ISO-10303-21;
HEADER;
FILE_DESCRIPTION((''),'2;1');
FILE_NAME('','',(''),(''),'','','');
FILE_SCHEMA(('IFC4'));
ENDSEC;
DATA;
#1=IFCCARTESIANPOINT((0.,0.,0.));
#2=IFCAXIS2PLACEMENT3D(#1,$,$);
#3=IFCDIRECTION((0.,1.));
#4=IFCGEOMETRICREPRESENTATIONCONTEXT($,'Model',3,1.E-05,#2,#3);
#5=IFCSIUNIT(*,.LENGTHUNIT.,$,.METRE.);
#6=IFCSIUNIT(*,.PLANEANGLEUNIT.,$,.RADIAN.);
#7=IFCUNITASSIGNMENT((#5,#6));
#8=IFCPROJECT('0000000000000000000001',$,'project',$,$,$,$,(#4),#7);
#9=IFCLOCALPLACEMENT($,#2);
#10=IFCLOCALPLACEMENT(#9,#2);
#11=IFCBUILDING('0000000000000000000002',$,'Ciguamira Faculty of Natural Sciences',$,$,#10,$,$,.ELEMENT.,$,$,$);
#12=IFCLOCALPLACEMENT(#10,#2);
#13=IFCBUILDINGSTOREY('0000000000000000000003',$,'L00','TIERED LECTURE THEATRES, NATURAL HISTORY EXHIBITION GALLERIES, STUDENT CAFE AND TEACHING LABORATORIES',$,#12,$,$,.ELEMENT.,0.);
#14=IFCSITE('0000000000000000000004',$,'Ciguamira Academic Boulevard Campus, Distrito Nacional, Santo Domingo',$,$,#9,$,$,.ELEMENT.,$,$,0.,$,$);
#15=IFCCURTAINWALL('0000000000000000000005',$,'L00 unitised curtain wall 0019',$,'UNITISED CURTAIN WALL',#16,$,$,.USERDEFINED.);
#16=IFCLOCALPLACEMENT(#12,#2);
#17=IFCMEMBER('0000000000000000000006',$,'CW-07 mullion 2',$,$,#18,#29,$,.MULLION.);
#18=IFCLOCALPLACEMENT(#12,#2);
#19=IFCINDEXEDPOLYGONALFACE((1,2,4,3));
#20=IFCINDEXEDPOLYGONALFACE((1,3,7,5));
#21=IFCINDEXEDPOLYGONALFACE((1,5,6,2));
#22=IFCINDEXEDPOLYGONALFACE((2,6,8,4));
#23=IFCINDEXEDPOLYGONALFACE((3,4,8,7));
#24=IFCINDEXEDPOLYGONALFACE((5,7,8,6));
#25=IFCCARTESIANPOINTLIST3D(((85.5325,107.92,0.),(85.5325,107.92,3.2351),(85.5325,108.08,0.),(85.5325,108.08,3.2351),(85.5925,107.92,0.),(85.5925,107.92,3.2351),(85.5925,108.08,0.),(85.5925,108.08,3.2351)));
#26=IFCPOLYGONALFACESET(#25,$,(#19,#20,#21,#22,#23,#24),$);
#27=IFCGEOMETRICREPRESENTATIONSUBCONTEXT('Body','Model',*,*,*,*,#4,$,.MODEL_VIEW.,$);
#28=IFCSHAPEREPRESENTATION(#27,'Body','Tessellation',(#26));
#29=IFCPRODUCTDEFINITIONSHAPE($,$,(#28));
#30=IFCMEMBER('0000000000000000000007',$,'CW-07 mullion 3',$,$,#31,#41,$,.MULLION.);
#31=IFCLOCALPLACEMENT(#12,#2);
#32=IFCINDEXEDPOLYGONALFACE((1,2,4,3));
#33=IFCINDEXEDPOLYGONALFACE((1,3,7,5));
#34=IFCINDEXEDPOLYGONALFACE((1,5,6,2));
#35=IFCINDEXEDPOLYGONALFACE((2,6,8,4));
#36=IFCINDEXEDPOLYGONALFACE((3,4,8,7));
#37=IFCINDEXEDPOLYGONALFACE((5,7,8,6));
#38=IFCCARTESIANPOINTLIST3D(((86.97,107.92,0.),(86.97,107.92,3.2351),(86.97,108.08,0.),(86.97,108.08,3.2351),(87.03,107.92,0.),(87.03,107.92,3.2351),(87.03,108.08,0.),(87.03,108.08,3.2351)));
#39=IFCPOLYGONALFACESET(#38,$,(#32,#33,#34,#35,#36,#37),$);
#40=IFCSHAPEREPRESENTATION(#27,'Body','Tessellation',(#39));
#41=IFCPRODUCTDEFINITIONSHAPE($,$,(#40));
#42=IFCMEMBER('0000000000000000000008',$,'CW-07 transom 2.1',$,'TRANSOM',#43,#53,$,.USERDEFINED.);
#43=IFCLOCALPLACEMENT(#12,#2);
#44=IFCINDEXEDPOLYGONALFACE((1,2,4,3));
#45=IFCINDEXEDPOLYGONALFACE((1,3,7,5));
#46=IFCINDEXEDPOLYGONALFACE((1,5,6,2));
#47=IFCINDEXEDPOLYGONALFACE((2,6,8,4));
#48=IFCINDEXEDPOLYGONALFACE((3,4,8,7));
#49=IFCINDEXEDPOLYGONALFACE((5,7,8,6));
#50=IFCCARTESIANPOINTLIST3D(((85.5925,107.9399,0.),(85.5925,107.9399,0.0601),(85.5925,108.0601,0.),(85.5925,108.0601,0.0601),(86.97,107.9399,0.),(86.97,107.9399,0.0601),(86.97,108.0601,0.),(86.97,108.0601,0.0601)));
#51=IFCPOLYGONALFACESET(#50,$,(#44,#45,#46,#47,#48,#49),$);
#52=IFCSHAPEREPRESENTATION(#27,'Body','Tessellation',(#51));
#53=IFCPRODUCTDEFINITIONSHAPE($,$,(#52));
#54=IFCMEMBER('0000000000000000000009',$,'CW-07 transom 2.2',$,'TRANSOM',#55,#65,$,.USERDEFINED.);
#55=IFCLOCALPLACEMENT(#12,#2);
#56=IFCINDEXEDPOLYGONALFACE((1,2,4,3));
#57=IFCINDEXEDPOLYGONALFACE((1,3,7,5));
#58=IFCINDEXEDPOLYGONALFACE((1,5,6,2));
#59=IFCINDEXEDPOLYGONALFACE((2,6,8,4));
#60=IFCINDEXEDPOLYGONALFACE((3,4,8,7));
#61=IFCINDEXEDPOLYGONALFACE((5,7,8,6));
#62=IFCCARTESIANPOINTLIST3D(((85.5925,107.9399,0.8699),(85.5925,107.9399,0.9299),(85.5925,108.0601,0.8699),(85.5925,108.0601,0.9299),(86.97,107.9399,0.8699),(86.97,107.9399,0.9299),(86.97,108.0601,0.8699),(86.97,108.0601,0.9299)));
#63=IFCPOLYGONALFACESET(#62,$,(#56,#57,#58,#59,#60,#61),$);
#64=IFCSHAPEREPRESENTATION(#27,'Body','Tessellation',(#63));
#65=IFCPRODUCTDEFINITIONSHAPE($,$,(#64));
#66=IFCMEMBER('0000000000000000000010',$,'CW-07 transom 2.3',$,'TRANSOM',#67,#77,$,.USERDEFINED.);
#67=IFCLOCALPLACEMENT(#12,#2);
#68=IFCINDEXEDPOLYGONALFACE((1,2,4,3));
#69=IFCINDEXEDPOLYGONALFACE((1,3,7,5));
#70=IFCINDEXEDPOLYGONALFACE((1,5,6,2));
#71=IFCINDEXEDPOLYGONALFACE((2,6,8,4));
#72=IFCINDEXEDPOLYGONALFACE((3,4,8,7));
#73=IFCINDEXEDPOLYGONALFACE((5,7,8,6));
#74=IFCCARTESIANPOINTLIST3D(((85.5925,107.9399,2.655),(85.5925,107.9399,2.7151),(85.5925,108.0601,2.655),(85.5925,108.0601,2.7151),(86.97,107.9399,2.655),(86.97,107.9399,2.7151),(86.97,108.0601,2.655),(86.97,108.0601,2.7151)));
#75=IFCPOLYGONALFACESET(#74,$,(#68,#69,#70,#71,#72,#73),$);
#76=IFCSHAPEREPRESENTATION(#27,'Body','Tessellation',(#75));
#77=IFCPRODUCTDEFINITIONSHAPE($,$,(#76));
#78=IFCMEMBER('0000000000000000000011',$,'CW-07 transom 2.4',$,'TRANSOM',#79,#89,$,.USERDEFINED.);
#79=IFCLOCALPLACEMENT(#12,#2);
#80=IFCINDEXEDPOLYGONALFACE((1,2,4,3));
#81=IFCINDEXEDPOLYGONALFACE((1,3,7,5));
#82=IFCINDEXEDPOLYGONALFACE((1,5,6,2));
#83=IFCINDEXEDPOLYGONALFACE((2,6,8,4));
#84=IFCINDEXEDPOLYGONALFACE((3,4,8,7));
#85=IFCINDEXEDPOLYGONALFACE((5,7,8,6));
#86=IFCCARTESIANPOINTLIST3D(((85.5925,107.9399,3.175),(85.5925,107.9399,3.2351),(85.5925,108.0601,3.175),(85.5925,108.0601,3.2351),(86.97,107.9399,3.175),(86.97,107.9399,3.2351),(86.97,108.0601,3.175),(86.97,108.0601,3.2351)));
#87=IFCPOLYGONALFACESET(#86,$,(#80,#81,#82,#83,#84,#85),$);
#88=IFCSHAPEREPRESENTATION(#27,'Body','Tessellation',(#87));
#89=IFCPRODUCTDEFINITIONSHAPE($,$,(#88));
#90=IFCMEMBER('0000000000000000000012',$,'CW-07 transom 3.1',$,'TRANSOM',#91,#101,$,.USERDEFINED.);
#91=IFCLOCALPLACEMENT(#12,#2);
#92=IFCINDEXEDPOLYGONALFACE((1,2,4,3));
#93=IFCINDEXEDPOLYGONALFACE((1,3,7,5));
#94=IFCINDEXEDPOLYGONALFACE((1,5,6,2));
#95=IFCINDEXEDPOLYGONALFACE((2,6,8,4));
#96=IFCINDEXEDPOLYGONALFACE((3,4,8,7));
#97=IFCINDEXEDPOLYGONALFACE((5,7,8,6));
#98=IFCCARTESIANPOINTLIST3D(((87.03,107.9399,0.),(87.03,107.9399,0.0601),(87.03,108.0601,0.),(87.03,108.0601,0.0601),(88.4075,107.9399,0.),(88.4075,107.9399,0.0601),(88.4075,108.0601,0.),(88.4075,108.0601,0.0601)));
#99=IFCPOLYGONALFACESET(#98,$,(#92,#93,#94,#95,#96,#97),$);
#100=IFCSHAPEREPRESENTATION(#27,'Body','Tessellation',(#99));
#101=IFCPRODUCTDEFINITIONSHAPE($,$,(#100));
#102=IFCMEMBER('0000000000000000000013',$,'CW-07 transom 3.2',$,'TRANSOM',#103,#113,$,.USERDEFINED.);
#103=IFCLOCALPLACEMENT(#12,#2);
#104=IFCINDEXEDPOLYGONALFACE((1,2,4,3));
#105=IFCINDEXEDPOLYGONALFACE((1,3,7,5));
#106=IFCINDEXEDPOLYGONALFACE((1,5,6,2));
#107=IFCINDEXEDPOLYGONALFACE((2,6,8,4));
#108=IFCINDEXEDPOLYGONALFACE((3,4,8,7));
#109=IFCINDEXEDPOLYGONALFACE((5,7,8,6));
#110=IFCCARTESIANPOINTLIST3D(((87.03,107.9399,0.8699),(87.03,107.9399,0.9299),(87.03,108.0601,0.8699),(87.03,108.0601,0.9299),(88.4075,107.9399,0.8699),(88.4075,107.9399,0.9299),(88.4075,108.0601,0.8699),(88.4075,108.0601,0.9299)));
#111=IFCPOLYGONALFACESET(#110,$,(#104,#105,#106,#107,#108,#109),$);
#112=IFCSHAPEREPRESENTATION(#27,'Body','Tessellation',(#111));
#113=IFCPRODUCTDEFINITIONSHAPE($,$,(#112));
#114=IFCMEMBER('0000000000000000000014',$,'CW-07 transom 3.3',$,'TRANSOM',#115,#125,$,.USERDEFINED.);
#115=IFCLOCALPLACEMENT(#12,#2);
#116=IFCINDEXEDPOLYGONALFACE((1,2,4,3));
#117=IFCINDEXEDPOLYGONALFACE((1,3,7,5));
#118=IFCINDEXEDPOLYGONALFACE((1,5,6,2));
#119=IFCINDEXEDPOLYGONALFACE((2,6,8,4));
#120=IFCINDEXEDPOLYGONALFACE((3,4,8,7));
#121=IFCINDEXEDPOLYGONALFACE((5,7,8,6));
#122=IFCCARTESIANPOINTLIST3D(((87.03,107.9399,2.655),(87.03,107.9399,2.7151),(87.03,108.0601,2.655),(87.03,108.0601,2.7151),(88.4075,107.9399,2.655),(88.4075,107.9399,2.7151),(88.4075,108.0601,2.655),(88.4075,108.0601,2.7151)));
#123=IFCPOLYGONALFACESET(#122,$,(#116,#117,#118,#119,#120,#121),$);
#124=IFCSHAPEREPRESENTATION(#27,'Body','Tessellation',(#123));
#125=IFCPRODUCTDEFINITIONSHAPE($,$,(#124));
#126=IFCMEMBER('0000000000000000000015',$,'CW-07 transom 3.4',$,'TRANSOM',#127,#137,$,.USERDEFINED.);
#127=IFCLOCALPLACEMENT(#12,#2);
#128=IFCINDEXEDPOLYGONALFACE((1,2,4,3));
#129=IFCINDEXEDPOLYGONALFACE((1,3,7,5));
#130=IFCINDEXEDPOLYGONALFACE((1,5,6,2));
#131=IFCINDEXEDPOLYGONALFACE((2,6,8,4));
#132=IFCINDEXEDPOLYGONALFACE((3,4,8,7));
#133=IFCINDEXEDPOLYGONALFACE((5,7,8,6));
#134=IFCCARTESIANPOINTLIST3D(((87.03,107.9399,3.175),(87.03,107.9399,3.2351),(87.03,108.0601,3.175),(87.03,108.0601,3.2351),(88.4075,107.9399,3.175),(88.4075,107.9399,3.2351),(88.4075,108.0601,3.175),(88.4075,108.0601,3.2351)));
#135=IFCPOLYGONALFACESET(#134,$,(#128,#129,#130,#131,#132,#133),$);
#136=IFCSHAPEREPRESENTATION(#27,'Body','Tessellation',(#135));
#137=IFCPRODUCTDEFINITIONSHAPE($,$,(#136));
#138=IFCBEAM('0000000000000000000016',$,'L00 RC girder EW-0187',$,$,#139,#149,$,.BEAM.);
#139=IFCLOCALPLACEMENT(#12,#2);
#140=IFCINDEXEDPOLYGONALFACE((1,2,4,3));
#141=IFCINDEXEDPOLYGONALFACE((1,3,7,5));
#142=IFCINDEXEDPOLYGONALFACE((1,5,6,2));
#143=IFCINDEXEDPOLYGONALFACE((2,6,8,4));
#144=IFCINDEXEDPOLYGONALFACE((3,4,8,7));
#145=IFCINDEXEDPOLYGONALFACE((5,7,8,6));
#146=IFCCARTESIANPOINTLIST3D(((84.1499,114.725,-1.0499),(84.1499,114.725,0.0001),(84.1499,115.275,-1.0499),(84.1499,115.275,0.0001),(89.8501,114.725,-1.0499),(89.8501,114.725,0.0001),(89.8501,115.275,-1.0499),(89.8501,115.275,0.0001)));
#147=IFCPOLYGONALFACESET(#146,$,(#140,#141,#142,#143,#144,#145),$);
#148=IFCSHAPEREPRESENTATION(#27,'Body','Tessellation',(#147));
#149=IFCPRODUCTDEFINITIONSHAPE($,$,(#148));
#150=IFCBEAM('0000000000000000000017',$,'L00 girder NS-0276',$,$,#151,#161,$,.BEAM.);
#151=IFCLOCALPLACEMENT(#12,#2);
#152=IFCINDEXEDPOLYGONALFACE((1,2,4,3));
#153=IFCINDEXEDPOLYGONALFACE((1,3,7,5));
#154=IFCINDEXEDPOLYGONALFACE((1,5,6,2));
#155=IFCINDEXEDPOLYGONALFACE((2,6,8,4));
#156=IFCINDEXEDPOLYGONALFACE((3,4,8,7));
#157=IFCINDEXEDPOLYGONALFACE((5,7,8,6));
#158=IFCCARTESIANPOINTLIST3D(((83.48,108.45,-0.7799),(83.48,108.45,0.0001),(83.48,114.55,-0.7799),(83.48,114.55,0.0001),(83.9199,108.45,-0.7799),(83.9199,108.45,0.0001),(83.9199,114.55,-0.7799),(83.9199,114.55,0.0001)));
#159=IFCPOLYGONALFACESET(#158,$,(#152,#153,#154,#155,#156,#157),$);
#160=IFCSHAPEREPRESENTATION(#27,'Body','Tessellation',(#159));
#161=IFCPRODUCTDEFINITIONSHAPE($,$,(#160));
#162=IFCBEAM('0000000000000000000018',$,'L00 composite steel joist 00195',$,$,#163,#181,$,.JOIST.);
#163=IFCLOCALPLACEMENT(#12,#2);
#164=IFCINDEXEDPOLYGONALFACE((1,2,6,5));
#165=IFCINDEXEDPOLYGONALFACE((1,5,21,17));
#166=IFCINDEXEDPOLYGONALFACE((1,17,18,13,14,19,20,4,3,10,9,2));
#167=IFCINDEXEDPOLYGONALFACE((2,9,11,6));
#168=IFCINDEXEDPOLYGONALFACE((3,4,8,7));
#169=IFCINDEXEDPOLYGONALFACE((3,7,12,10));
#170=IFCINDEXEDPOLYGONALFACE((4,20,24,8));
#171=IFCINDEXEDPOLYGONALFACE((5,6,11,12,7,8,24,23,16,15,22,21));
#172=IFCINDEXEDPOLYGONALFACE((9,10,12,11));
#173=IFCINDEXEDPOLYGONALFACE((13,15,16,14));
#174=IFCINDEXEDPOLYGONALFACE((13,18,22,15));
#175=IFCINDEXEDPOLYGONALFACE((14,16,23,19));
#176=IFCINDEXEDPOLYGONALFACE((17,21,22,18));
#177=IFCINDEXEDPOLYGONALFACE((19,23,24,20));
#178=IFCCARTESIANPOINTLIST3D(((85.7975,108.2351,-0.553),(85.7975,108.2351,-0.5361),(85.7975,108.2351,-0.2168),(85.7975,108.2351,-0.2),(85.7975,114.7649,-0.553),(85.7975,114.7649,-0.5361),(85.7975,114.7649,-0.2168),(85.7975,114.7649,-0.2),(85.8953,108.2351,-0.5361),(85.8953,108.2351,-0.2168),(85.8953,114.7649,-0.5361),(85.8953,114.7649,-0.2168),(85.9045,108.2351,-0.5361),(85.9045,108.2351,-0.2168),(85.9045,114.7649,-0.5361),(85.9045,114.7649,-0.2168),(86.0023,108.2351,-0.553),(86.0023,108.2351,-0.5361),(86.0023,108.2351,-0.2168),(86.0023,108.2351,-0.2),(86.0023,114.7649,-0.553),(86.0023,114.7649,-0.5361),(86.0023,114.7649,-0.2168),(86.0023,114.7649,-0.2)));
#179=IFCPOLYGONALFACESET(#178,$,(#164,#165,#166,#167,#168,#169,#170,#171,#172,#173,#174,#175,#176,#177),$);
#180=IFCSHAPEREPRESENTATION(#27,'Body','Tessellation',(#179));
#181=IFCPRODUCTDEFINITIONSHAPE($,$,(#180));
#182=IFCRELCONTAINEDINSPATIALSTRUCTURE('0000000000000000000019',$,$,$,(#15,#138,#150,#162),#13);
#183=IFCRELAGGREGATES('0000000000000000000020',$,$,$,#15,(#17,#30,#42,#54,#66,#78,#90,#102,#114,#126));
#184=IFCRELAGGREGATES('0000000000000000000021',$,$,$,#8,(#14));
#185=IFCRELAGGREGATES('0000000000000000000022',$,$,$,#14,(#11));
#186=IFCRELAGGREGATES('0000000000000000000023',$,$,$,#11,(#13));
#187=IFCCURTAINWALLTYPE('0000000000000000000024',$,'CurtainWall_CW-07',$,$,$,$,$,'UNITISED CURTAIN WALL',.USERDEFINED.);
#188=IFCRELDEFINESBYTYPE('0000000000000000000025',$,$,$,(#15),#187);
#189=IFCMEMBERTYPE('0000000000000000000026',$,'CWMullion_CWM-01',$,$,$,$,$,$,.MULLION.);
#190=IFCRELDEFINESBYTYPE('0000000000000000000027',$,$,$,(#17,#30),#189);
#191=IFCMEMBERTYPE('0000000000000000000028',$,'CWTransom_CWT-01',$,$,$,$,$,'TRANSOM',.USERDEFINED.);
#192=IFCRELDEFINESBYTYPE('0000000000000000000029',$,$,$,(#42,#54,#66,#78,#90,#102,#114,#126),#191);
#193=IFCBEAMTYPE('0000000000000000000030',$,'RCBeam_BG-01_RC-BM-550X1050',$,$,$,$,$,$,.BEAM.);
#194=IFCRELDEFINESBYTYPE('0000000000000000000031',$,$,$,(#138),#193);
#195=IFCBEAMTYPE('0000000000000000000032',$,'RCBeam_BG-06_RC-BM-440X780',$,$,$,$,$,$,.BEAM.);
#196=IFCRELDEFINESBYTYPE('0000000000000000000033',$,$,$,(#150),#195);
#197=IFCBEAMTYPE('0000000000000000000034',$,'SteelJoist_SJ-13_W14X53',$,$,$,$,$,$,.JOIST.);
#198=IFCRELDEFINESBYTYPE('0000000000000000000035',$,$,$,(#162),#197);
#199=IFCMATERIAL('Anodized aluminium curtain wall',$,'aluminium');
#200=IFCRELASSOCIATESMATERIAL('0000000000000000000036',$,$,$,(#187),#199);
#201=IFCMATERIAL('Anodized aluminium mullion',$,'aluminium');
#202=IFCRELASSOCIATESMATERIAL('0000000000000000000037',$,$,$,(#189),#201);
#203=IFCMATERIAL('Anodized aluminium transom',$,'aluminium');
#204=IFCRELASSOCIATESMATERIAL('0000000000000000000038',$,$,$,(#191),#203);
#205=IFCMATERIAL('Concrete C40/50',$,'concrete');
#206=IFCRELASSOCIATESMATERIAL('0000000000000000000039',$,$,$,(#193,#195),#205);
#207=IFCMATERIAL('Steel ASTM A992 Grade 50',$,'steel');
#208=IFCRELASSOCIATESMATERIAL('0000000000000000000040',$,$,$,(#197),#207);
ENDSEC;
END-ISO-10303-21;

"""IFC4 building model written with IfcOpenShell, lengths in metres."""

from ifc_helpers import new_model, si_unit, direction, frame, origin, origin_2d, place, context, subcontext, project, spatial, rectangle, i_section, extrude, material, material_profile, profile_set, type_object, element, aggregate, save


model = new_model("IFC4")

# Units and contexts
model_context = context("Model", 3, precision=1e-05, world=origin(), true_north=direction((0.0, 1.0)))
body_context = subcontext(model_context, "Body", "Model", "MODEL_VIEW")
ifc_project = project(units=[si_unit("LENGTHUNIT", "METRE"), si_unit("PLANEANGLEUNIT", "RADIAN")], contexts=[model_context])

# Site, building, storey
site_placement = place(None, origin())
site = spatial("IfcSite", under=ifc_project, at=site_placement, Name="Ciguamira Academic Boulevard Campus, Distrito Nacional, Santo Domingo", CompositionType="ELEMENT", RefElevation=0.0)
building_placement = place(site_placement, origin())
building = spatial("IfcBuilding", under=site, at=building_placement, Name="Ciguamira Faculty of Natural Sciences", CompositionType="ELEMENT")
storey_placement = place(building_placement, origin())
storey = spatial("IfcBuildingStorey", under=building, at=storey_placement, Name="L00", Description="TIERED LECTURE THEATRES, NATURAL HISTORY EXHIBITION GALLERIES, STUDENT CAFE AND TEACHING LABORATORIES", CompositionType="ELEMENT", Elevation=0.0)

# Curtain wall, members
ifc_material_1 = material(Name="Anodized aluminium curtain wall", Category="aluminium")
curtain_wall_type = type_object("IfcCurtainWallType", Name="CurtainWall_CW-07", ElementType="UNITISED CURTAIN WALL", PredefinedType="USERDEFINED", material=ifc_material_1)
curtain_wall_placement = place(storey_placement, origin())
curtain_wall = element("IfcCurtainWall", 1, at=curtain_wall_placement, inside=storey, type_object=curtain_wall_type, Name="L00 unitised curtain wall 0019", ObjectType="UNITISED CURTAIN WALL", PredefinedType="USERDEFINED")
ifc_material_2 = material(Name="Anodized aluminium mullion", Category="aluminium")
ifc_material_profile_1 = material_profile(ifc_material_2, rectangle(XDim=0.0601, YDim=0.1599, at=origin_2d()), Name="ALU-MUL-60X160")
ifc_profile_set_1 = profile_set([ifc_material_profile_1], Name="Anodized aluminium mullion")
member_type_1 = type_object("IfcMemberType", Name="CWMullion_CWM-01", PredefinedType="MULLION", material=ifc_profile_set_1)
member_1_placement = place(storey_placement, frame((85.5625, 108.0, 0.0), z_axis=(0.0, 0.0, 1.0), x_axis=(1.0, 0.0, 0.0)))
member_1 = element("IfcMember", 2, at=member_1_placement, type_object=member_type_1, Name="CW-07 mullion 2", PredefinedType="MULLION", context=body_context, shape_type="SweptSolid", body=[
    extrude(rectangle(XDim=0.0601, YDim=0.1599, at=origin_2d()), origin(), (0.0, 0.0, 1.0), 3.2351),
])
member_2_placement = place(storey_placement, frame((87.0, 108.0, 0.0), z_axis=(0.0, 0.0, 1.0), x_axis=(1.0, 0.0, 0.0)))
member_2 = element("IfcMember", 3, at=member_2_placement, type_object=member_type_1, Name="CW-07 mullion 3", PredefinedType="MULLION", context=body_context, shape_type="SweptSolid", body=[
    extrude(rectangle(XDim=0.0601, YDim=0.1599, at=origin_2d()), origin(), (0.0, 0.0, 1.0), 3.2351),
])
ifc_material_3 = material(Name="Anodized aluminium transom", Category="aluminium")
ifc_material_profile_2 = material_profile(ifc_material_3, rectangle(XDim=0.0601, YDim=0.1201, at=origin_2d()), Name="ALU-TRN-60X120")
ifc_profile_set_2 = profile_set([ifc_material_profile_2], Name="Anodized aluminium transom")
member_type_2 = type_object("IfcMemberType", Name="CWTransom_CWT-01", ElementType="TRANSOM", PredefinedType="USERDEFINED", material=ifc_profile_set_2)
member_3_placement = place(storey_placement, frame((85.5925, 108.0, 0.03), z_axis=(1.0, 0.0, 0.0), x_axis=(0.0, 0.0, 1.0)))
member_3 = element("IfcMember", 4, at=member_3_placement, type_object=member_type_2, Name="CW-07 transom 2.1", ObjectType="TRANSOM", PredefinedType="USERDEFINED", context=body_context, shape_type="SweptSolid", body=[
    extrude(rectangle(XDim=0.0601, YDim=0.1201, at=origin_2d()), origin(), (0.0, 0.0, 1.0), 1.3774),
])
member_4_placement = place(storey_placement, frame((85.5925, 108.0, 0.8999), z_axis=(1.0, 0.0, 0.0), x_axis=(0.0, 0.0, 1.0)))
member_4 = element("IfcMember", 5, at=member_4_placement, type_object=member_type_2, Name="CW-07 transom 2.2", ObjectType="TRANSOM", PredefinedType="USERDEFINED", context=body_context, shape_type="SweptSolid", body=[
    extrude(rectangle(XDim=0.0601, YDim=0.1201, at=origin_2d()), origin(), (0.0, 0.0, 1.0), 1.3774),
])
member_5_placement = place(storey_placement, frame((85.5925, 108.0, 2.6851), z_axis=(1.0, 0.0, 0.0), x_axis=(0.0, 0.0, 1.0)))
member_5 = element("IfcMember", 6, at=member_5_placement, type_object=member_type_2, Name="CW-07 transom 2.3", ObjectType="TRANSOM", PredefinedType="USERDEFINED", context=body_context, shape_type="SweptSolid", body=[
    extrude(rectangle(XDim=0.0601, YDim=0.1201, at=origin_2d()), origin(), (0.0, 0.0, 1.0), 1.3774),
])
member_6_placement = place(storey_placement, frame((85.5925, 108.0, 3.2051), z_axis=(1.0, 0.0, 0.0), x_axis=(0.0, 0.0, 1.0)))
member_6 = element("IfcMember", 7, at=member_6_placement, type_object=member_type_2, Name="CW-07 transom 2.4", ObjectType="TRANSOM", PredefinedType="USERDEFINED", context=body_context, shape_type="SweptSolid", body=[
    extrude(rectangle(XDim=0.0601, YDim=0.1201, at=origin_2d()), origin(), (0.0, 0.0, 1.0), 1.3774),
])
member_7_placement = place(storey_placement, frame((87.03, 108.0, 0.03), z_axis=(1.0, 0.0, 0.0), x_axis=(0.0, 0.0, 1.0)))
member_7 = element("IfcMember", 8, at=member_7_placement, type_object=member_type_2, Name="CW-07 transom 3.1", ObjectType="TRANSOM", PredefinedType="USERDEFINED", context=body_context, shape_type="SweptSolid", body=[
    extrude(rectangle(XDim=0.0601, YDim=0.1201, at=origin_2d()), origin(), (0.0, 0.0, 1.0), 1.3774),
])
member_8_placement = place(storey_placement, frame((87.03, 108.0, 0.8999), z_axis=(1.0, 0.0, 0.0), x_axis=(0.0, 0.0, 1.0)))
member_8 = element("IfcMember", 9, at=member_8_placement, type_object=member_type_2, Name="CW-07 transom 3.2", ObjectType="TRANSOM", PredefinedType="USERDEFINED", context=body_context, shape_type="SweptSolid", body=[
    extrude(rectangle(XDim=0.0601, YDim=0.1201, at=origin_2d()), origin(), (0.0, 0.0, 1.0), 1.3774),
])
member_9_placement = place(storey_placement, frame((87.03, 108.0, 2.6851), z_axis=(1.0, 0.0, 0.0), x_axis=(0.0, 0.0, 1.0)))
member_9 = element("IfcMember", 10, at=member_9_placement, type_object=member_type_2, Name="CW-07 transom 3.3", ObjectType="TRANSOM", PredefinedType="USERDEFINED", context=body_context, shape_type="SweptSolid", body=[
    extrude(rectangle(XDim=0.0601, YDim=0.1201, at=origin_2d()), origin(), (0.0, 0.0, 1.0), 1.3774),
])
member_10_placement = place(storey_placement, frame((87.03, 108.0, 3.2051), z_axis=(1.0, 0.0, 0.0), x_axis=(0.0, 0.0, 1.0)))
member_10 = element("IfcMember", 11, at=member_10_placement, type_object=member_type_2, Name="CW-07 transom 3.4", ObjectType="TRANSOM", PredefinedType="USERDEFINED", context=body_context, shape_type="SweptSolid", body=[
    extrude(rectangle(XDim=0.0601, YDim=0.1201, at=origin_2d()), origin(), (0.0, 0.0, 1.0), 1.3774),
])

# Beams
ifc_material_4 = material(Name="Concrete C40/50", Category="concrete")
ifc_material_profile_3 = material_profile(ifc_material_4, rectangle(XDim=0.55, YDim=1.05, at=origin_2d()), Name="RC-BM-550X1050")
ifc_profile_set_3 = profile_set([ifc_material_profile_3], Name="Concrete C40/50")
beam_type_1 = type_object("IfcBeamType", Name="RCBeam_BG-01_RC-BM-550X1050", PredefinedType="BEAM", material=ifc_profile_set_3)
beam_1_placement = place(storey_placement, frame((84.1499, 115.0, -0.5249), z_axis=(1.0, 0.0, 0.0), x_axis=(0.0, 1.0, 0.0)))
element("IfcBeam", 12, at=beam_1_placement, inside=storey, type_object=beam_type_1, Name="L00 RC girder EW-0187", PredefinedType="BEAM", context=body_context, shape_type="SweptSolid", body=[
    extrude(rectangle(XDim=0.55, YDim=1.05, at=origin_2d()), origin(), (0.0, 0.0, 1.0), 5.7002),
])
ifc_material_profile_4 = material_profile(ifc_material_4, rectangle(XDim=0.4399, YDim=0.78, at=origin_2d()), Name="RC-BM-440X780")
ifc_profile_set_4 = profile_set([ifc_material_profile_4], Name="Concrete C40/50")
beam_type_2 = type_object("IfcBeamType", Name="RCBeam_BG-06_RC-BM-440X780", PredefinedType="BEAM", material=ifc_profile_set_4)
beam_2_placement = place(storey_placement, frame((83.7, 108.45, -0.3899), z_axis=(0.0, 1.0, 0.0), x_axis=(-1.0, 0.0, 0.0)))
element("IfcBeam", 13, at=beam_2_placement, inside=storey, type_object=beam_type_2, Name="L00 girder NS-0276", PredefinedType="BEAM", context=body_context, shape_type="SweptSolid", body=[
    extrude(rectangle(XDim=0.4399, YDim=0.78, at=origin_2d()), origin(), (0.0, 0.0, 1.0), 6.1001),
])
ifc_material_5 = material(Name="Steel ASTM A992 Grade 50", Category="steel")
ifc_material_profile_5 = material_profile(ifc_material_5, i_section(OverallWidth=0.2048, OverallDepth=0.353, WebThickness=0.0093, FlangeThickness=0.0168, at=origin_2d()), Name="W14X53")
ifc_profile_set_5 = profile_set([ifc_material_profile_5], Name="Steel ASTM A992 Grade 50")
beam_type_3 = type_object("IfcBeamType", Name="SteelJoist_SJ-13_W14X53", PredefinedType="JOIST", material=ifc_profile_set_5)
beam_3_placement = place(storey_placement, frame((85.8999, 108.2351, -0.3765), z_axis=(0.0, 1.0, 0.0), x_axis=(-1.0, 0.0, 0.0)))
element("IfcBeam", 14, at=beam_3_placement, inside=storey, type_object=beam_type_3, Name="L00 composite steel joist 00195", PredefinedType="JOIST", context=body_context, shape_type="SweptSolid", body=[
    extrude(i_section(OverallWidth=0.2048, OverallDepth=0.353, WebThickness=0.0093, FlangeThickness=0.0168, at=origin_2d()), origin(), (0.0, 0.0, 1.0), 6.5298),
])

aggregate(curtain_wall, [member_1, member_2, member_3, member_4, member_5, member_6, member_7, member_8, member_9, member_10])

save(model, "model.ifc")
